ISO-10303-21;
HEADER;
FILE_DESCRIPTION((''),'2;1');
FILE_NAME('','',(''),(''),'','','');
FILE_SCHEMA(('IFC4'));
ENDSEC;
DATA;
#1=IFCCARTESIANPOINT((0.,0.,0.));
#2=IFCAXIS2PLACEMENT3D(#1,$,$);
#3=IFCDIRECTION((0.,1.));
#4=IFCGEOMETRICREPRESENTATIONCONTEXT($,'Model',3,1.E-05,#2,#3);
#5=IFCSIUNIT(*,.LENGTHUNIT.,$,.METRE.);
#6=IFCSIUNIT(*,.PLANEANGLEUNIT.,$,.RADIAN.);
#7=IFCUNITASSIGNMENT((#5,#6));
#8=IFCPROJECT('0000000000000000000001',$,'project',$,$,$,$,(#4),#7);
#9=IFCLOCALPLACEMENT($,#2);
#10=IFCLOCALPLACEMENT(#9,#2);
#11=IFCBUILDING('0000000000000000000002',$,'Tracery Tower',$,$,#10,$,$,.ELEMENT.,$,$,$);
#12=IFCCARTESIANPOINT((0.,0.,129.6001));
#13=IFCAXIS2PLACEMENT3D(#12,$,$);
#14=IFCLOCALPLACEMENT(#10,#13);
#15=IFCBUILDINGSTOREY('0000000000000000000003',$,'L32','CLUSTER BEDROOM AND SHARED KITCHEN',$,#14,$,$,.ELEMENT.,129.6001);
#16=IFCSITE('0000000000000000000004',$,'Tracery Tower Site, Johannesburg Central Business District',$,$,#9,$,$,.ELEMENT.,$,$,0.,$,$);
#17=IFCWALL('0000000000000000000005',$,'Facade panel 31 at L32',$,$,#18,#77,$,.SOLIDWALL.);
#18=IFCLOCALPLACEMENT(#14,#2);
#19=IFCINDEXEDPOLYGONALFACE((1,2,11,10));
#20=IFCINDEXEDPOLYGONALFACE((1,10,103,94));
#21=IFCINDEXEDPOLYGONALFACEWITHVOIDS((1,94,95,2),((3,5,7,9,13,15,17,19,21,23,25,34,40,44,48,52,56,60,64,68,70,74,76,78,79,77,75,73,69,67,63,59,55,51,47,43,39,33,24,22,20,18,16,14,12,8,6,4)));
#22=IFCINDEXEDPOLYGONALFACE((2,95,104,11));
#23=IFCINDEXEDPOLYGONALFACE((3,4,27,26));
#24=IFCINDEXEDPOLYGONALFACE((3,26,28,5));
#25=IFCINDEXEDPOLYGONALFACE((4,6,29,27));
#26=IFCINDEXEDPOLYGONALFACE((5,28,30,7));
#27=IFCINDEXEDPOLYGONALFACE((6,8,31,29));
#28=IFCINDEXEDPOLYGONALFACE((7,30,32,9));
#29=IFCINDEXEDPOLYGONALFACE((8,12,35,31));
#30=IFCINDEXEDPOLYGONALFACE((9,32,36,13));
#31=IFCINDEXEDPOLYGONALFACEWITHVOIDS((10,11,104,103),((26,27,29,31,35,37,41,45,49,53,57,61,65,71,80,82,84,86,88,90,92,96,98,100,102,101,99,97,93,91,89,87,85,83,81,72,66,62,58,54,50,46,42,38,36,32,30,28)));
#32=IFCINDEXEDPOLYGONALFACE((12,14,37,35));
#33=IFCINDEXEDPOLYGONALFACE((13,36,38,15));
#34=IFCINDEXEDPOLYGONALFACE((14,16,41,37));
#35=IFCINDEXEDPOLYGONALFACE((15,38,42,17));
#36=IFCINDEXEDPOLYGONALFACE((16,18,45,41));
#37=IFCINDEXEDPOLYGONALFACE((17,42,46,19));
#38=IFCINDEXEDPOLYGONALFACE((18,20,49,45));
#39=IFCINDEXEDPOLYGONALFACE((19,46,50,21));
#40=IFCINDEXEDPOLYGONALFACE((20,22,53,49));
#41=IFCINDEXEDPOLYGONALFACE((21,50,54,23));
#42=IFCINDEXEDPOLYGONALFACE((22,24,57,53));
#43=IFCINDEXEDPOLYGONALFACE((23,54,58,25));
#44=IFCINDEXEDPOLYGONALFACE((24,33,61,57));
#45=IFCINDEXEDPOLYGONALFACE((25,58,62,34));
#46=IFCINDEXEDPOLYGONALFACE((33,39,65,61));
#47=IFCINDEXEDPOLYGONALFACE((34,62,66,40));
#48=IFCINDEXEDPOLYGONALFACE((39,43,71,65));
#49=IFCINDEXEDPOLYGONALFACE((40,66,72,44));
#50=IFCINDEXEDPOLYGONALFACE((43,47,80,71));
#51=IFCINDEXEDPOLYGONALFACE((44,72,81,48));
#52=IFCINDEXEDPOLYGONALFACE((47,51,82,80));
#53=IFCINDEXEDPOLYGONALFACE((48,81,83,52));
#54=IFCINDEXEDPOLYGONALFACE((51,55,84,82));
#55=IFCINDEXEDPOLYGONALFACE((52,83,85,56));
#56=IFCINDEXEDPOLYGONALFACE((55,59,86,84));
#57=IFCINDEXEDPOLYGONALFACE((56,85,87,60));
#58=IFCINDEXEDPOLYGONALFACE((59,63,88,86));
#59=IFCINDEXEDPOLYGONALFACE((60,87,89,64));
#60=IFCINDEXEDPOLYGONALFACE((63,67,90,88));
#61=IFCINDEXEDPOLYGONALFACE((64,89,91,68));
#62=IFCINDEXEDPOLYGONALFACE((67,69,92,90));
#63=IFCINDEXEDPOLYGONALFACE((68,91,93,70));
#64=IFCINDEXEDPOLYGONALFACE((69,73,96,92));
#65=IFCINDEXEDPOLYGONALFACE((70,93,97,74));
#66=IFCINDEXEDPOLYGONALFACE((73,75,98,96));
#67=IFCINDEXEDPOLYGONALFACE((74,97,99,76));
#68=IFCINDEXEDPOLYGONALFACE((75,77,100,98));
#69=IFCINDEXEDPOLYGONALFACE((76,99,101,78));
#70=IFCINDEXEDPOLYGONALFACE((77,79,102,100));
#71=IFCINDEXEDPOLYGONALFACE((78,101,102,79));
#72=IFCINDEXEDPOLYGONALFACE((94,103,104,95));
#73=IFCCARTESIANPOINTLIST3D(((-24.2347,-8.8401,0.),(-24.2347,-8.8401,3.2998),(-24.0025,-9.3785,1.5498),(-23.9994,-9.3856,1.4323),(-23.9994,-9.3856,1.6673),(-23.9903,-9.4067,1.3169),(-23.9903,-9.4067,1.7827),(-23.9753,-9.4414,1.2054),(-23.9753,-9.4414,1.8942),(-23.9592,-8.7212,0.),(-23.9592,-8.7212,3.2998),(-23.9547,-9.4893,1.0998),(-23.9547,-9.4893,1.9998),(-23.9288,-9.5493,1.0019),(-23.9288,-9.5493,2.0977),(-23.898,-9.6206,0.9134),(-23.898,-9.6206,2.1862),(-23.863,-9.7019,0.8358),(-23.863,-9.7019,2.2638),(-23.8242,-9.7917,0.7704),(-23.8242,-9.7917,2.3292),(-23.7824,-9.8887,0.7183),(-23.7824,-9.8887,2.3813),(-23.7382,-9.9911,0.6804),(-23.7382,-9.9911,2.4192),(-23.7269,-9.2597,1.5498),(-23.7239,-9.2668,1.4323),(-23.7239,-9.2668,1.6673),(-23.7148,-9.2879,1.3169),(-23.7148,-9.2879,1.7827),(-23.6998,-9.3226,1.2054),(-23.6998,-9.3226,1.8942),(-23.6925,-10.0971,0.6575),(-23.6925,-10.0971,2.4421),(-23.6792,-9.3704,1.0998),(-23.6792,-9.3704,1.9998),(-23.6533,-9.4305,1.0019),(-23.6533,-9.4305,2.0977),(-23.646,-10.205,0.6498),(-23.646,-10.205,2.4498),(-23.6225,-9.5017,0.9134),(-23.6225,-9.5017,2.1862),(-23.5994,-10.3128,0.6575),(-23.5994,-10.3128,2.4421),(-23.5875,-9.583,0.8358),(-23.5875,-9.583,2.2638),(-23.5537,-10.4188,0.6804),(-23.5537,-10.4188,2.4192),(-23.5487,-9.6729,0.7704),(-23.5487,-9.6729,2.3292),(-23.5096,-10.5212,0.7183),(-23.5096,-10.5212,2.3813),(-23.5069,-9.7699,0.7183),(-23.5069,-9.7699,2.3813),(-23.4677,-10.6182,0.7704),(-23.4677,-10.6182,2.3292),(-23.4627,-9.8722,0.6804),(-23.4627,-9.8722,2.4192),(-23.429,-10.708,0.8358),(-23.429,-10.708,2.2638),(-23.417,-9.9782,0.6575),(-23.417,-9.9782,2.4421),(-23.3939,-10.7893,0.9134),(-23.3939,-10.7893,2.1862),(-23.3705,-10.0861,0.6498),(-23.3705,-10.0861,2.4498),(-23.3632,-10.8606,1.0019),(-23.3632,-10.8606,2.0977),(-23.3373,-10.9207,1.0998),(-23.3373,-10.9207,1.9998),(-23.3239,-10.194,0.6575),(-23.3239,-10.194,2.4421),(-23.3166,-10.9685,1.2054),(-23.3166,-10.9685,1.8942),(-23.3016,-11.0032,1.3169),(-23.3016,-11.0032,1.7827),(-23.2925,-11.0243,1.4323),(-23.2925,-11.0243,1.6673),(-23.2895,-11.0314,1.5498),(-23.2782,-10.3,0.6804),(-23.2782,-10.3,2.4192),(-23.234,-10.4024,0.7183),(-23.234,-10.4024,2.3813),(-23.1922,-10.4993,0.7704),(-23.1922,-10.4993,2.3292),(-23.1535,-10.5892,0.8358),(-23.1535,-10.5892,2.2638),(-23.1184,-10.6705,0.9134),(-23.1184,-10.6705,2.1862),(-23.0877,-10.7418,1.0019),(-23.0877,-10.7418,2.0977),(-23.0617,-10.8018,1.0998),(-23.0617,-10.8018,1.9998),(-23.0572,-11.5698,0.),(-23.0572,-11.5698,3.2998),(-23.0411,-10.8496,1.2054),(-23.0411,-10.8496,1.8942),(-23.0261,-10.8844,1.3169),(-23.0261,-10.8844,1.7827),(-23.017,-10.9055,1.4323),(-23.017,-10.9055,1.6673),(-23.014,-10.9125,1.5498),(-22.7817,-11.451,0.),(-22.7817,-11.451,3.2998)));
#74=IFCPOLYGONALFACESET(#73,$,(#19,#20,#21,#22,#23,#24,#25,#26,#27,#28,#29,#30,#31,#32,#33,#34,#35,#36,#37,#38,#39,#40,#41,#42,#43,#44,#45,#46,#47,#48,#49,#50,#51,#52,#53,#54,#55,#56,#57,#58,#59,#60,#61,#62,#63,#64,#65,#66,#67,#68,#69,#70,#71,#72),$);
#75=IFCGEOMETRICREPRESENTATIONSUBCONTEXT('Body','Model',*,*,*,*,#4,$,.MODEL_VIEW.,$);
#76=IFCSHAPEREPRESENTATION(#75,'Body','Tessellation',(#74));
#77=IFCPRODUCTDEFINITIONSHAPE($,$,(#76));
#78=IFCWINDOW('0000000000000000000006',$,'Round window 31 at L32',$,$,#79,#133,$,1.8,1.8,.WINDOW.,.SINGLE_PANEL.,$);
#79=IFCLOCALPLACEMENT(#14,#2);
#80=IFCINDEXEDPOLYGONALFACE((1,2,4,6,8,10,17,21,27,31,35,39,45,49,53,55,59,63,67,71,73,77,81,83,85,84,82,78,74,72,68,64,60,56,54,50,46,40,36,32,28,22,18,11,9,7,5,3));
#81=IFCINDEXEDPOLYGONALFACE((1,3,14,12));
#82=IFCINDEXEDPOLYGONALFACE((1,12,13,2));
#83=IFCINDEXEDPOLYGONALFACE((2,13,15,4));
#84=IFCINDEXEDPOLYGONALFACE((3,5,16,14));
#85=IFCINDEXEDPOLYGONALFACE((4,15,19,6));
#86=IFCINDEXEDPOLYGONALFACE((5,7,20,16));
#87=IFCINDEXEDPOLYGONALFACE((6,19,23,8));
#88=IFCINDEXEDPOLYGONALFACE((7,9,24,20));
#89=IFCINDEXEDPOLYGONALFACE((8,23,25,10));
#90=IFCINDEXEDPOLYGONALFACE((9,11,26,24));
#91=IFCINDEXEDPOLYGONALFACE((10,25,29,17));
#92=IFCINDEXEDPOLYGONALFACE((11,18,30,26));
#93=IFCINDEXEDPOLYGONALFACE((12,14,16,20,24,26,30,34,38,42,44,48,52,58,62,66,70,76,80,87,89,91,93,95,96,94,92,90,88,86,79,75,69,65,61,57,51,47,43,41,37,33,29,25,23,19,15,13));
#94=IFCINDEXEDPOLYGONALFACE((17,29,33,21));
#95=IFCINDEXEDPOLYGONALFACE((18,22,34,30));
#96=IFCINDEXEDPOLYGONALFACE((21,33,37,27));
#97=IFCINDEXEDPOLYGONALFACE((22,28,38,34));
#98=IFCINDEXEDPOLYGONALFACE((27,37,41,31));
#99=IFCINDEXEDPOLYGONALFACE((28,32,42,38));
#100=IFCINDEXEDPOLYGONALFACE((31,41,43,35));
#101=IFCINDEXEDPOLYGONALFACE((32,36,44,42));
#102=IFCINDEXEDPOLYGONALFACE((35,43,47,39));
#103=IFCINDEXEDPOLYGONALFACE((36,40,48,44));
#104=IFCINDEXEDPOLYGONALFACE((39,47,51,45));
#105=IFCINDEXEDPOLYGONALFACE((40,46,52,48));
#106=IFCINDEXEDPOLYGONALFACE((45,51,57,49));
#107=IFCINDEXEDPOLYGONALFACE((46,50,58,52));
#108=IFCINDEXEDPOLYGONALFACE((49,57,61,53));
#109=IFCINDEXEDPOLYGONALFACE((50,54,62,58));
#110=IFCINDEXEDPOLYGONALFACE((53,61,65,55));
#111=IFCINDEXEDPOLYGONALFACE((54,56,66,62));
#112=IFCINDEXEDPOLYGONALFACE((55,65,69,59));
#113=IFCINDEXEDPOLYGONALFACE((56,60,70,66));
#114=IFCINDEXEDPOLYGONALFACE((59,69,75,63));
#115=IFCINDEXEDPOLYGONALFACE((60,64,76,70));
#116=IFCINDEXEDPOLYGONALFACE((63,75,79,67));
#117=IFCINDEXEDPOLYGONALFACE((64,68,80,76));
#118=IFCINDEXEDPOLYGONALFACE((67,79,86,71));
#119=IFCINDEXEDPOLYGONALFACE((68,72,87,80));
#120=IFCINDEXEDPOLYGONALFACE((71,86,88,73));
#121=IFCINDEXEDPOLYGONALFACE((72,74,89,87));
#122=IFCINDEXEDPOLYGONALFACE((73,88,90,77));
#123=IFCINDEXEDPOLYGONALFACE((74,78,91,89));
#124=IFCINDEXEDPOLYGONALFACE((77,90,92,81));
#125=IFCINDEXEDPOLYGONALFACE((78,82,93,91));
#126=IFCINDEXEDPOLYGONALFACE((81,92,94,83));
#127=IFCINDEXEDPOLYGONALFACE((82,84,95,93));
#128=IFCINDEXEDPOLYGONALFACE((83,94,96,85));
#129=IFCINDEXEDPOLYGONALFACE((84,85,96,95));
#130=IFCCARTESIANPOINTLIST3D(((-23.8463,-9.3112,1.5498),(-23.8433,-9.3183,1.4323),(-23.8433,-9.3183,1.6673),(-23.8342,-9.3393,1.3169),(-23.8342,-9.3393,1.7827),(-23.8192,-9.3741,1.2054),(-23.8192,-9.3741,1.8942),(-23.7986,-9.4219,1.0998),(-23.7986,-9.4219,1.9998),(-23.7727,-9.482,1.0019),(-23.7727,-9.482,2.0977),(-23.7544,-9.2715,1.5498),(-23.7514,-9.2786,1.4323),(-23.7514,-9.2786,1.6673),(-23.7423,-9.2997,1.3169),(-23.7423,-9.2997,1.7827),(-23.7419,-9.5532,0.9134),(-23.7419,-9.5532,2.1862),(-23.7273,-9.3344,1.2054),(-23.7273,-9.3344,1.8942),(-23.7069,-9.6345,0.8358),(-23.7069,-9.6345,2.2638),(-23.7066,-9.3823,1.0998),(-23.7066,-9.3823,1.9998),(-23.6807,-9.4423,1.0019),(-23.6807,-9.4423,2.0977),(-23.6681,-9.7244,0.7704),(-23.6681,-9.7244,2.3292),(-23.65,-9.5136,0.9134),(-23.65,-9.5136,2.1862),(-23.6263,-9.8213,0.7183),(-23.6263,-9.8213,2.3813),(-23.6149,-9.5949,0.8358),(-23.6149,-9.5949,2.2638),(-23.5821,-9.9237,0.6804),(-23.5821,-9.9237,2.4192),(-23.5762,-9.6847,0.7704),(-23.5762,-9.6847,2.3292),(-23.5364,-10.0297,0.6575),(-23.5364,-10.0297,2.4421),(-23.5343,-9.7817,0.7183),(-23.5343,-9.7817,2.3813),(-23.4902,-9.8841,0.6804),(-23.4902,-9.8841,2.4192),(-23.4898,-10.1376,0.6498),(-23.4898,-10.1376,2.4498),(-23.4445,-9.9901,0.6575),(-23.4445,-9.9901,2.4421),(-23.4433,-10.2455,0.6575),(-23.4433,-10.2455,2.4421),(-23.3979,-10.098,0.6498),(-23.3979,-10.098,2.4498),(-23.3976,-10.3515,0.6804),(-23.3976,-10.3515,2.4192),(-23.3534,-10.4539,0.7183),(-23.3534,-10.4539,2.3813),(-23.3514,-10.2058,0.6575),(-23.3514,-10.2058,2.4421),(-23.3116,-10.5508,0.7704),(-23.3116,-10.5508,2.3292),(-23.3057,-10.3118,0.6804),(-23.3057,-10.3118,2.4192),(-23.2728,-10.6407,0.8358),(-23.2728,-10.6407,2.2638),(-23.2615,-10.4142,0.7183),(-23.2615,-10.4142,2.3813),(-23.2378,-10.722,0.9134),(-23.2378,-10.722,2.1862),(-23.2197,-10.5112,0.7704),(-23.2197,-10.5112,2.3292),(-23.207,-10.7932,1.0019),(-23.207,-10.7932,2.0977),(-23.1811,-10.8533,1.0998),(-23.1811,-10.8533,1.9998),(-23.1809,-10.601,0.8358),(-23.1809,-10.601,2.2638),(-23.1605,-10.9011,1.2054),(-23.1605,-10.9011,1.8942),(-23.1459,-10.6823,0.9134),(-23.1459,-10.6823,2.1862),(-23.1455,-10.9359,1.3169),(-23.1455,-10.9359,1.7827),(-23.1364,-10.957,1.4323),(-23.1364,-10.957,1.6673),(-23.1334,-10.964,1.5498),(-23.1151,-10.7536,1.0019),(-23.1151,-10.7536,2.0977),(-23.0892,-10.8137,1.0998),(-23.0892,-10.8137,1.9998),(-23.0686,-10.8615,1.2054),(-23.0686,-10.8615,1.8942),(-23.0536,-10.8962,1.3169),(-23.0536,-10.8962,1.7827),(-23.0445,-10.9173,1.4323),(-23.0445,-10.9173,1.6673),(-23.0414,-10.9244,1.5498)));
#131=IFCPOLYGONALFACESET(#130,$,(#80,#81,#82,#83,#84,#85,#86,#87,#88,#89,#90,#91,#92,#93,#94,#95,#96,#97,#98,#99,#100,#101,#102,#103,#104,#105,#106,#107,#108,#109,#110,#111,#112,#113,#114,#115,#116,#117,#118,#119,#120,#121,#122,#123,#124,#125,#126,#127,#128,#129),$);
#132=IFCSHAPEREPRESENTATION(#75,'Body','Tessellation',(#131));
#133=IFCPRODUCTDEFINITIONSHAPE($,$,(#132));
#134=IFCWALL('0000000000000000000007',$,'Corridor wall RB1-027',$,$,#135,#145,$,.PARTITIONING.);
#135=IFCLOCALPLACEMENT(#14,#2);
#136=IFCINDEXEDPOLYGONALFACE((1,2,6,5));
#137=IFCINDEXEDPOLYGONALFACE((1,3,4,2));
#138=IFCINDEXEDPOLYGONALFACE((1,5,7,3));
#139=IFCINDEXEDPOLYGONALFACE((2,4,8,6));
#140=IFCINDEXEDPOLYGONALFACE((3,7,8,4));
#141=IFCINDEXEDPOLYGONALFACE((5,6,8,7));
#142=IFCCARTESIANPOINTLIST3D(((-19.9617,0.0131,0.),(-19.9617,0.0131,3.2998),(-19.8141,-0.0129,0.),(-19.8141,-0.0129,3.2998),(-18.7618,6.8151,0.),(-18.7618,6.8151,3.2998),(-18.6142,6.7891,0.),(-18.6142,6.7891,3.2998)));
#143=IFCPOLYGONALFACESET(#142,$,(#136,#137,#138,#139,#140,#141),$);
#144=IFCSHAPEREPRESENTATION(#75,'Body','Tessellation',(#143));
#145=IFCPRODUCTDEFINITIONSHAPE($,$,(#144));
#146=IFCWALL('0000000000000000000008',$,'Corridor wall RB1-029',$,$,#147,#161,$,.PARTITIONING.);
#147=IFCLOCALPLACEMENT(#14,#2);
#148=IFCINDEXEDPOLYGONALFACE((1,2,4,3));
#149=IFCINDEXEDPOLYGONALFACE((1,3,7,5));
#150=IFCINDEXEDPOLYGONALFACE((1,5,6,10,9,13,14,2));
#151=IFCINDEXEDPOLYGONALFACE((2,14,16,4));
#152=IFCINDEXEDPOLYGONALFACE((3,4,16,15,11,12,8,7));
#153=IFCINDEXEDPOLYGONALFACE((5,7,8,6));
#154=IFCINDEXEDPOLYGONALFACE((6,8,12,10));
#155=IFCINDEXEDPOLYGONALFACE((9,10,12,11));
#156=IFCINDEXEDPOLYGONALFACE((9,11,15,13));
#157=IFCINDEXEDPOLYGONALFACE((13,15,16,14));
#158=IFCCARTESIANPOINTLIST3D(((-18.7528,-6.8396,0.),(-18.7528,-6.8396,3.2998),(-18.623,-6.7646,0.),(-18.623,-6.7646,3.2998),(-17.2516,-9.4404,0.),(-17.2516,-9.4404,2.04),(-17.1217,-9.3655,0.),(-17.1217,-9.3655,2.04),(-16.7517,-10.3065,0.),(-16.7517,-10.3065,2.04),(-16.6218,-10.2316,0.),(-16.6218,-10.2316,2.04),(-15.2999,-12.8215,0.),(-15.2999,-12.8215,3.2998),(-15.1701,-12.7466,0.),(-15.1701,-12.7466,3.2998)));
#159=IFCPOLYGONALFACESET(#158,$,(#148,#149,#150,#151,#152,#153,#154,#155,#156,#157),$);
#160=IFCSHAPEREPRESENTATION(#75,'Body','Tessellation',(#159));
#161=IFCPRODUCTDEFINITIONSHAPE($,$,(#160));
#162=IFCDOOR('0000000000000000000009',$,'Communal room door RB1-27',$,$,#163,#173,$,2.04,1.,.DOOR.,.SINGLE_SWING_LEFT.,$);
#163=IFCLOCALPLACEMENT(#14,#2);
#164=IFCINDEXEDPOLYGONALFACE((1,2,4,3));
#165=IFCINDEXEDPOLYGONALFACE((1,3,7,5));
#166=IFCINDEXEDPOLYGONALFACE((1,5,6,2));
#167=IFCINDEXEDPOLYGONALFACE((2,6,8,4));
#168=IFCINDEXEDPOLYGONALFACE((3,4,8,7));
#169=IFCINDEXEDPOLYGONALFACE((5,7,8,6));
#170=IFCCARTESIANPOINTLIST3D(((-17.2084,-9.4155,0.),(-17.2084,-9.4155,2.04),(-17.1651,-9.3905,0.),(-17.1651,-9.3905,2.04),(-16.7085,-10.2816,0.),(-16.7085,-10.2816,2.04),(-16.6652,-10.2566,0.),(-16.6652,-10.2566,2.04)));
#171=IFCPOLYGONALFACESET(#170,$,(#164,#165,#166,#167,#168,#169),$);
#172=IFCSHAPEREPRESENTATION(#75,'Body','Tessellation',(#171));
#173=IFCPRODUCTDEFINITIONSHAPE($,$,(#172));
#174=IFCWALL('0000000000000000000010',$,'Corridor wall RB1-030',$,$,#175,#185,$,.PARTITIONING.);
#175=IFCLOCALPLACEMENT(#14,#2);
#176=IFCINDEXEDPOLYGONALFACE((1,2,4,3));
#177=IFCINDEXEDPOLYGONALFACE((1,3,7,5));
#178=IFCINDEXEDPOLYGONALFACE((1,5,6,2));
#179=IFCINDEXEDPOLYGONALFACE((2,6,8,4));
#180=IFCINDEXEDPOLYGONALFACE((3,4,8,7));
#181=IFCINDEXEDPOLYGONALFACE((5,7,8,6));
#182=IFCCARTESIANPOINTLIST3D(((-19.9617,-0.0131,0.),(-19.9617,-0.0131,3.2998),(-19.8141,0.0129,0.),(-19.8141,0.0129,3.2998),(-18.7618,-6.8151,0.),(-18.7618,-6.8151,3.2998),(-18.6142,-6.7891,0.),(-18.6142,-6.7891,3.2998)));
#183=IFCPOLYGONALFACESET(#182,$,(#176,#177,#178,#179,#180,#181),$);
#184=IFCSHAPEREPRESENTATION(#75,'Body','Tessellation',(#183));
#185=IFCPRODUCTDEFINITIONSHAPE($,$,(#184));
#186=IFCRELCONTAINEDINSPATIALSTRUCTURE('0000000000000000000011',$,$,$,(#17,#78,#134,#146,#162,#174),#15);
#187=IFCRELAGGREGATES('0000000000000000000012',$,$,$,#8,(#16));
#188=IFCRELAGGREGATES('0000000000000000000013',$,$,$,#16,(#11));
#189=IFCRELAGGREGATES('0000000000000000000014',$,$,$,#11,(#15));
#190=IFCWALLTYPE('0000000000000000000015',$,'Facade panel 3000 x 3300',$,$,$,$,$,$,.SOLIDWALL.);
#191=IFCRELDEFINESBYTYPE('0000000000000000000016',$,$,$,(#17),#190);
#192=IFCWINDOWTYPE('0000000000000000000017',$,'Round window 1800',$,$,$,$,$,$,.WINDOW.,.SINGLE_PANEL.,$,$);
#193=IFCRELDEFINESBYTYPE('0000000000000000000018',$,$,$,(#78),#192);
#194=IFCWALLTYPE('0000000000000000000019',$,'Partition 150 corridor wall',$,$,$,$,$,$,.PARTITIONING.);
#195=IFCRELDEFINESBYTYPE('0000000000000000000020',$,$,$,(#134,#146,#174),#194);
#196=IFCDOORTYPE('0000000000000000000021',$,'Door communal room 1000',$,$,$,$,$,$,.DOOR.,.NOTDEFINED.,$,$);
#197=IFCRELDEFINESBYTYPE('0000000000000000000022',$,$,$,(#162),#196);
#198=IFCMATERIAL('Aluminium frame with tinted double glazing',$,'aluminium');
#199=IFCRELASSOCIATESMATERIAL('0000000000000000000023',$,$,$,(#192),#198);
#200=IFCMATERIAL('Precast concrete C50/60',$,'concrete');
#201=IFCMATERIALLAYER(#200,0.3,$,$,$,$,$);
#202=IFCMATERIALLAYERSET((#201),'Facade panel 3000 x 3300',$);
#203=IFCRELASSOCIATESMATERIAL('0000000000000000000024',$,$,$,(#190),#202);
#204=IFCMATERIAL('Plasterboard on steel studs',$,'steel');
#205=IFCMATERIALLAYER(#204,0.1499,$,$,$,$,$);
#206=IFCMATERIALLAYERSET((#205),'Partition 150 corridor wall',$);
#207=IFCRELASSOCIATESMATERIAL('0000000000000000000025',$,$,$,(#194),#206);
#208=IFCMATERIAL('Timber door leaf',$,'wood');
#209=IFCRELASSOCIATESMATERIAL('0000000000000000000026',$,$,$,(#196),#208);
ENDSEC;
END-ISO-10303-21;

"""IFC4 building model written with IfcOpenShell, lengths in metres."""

from ifc_helpers import new_model, si_unit, direction, frame, frame_2d, origin, origin_2d, place, context, subcontext, project, spatial, rectangle, circle, extrude, material, layer, layer_set, type_object, element, fill, save


model = new_model("IFC4")

# Units and contexts
model_context = context("Model", 3, precision=1e-05, world=origin(), true_north=direction((0.0, 1.0)))
body_context = subcontext(model_context, "Body", "Model", "MODEL_VIEW")
ifc_project = project(units=[si_unit("LENGTHUNIT", "METRE"), si_unit("PLANEANGLEUNIT", "RADIAN")], contexts=[model_context])

# Site, building, storey
site_placement = place(None, origin())
site = spatial("IfcSite", under=ifc_project, at=site_placement, Name="Tracery Tower Site, Johannesburg Central Business District", CompositionType="ELEMENT", RefElevation=0.0)
building_placement = place(site_placement, origin())
building = spatial("IfcBuilding", under=site, at=building_placement, Name="Tracery Tower", CompositionType="ELEMENT")
storey_placement = place(building_placement, frame((0.0, 0.0, 129.6001)))
storey = spatial("IfcBuildingStorey", under=building, at=storey_placement, Name="L32", Description="CLUSTER BEDROOM AND SHARED KITCHEN", CompositionType="ELEMENT", Elevation=129.6001)

# Wall, opening, window
ifc_material_1 = material(Name="Aluminium frame with tinted double glazing", Category="aluminium")
window_type = type_object("IfcWindowType", Name="Round window 1800", PartitioningType="SINGLE_PANEL", PredefinedType="WINDOW", material=ifc_material_1)
ifc_material_2 = material(Name="Precast concrete C50/60", Category="concrete")
ifc_layer_1 = layer(ifc_material_2, 0.3)
ifc_layer_set_1 = layer_set([ifc_layer_1], Name="Facade panel 3000 x 3300")
wall_type_1 = type_object("IfcWallType", Name="Facade panel 3000 x 3300", PredefinedType="SOLIDWALL", material=ifc_layer_set_1)
wall_1_placement = place(storey_placement, frame((-24.0969, -8.7808, 0.0), z_axis=(0.0, 0.0, 1.0), x_axis=(0.396079, -0.918216, 0.0)))
wall_1 = element("IfcWall", 1, at=wall_1_placement, inside=storey, type_object=wall_type_1, Name="Facade panel 31 at L32", PredefinedType="SOLIDWALL", context=body_context, shape_type="SweptSolid", body=[
    extrude(rectangle(XDim=2.9729, YDim=0.3, at=frame_2d((1.4863, 0.0))), origin(), (0.0, 0.0, 1.0), 3.2998),
])
opening_1_placement = place(wall_1_placement, frame((1.4863, 0.0, 1.5498)))
opening_1 = element("IfcOpeningElement", 2, at=opening_1_placement, cuts=wall_1, PredefinedType="OPENING", context=body_context, shape_type="SweptSolid", body=[
    extrude(circle(Radius=0.9, at=origin_2d()), frame((0.0, 0.1599, 0.0), z_axis=(0.0, -1.0, 0.0), x_axis=(1.0, 0.0, 0.0)), (0.0, 0.0, 1.0), 0.3201),
])
window_1_placement = place(opening_1_placement, origin())
window_1 = element("IfcWindow", 3, at=window_1_placement, inside=storey, type_object=window_type, Name="Round window 31 at L32", OverallHeight=1.8, OverallWidth=1.8, PartitioningType="SINGLE_PANEL", PredefinedType="WINDOW", context=body_context, shape_type="SweptSolid", body=[
    extrude(circle(Radius=0.9, at=origin_2d()), frame((0.0, 0.1201, 0.0), z_axis=(0.0, -1.0, 0.0), x_axis=(1.0, 0.0, 0.0)), (0.0, 0.0, 1.0), 0.1001),
])
fill(opening_1, window_1)

# Wall
ifc_material_3 = material(Name="Plasterboard on steel studs", Category="steel")
ifc_layer_2 = layer(ifc_material_3, 0.1499)
ifc_layer_set_2 = layer_set([ifc_layer_2], Name="Partition 150 corridor wall")
wall_type_2 = type_object("IfcWallType", Name="Partition 150 corridor wall", PredefinedType="PARTITIONING", material=ifc_layer_set_2)
wall_2_placement = place(storey_placement, frame((-19.8879, 0.0, 0.0), z_axis=(0.0, 0.0, 1.0), x_axis=(0.173729, 0.984794, 0.0)))
element("IfcWall", 4, at=wall_2_placement, inside=storey, type_object=wall_type_2, Name="Corridor wall RB1-027", PredefinedType="PARTITIONING", context=body_context, shape_type="SweptSolid", body=[
    extrude(rectangle(XDim=6.907, YDim=0.1499, at=frame_2d((3.4536, 0.0))), origin(), (0.0, 0.0, 1.0), 3.2998),
])

# Wall, opening, door
wall_3_placement = place(storey_placement, frame((-18.688, -6.802, 0.0), z_axis=(0.0, 0.0, 1.0), x_axis=(0.499914, -0.866075, 0.0)))
wall_3 = element("IfcWall", 5, at=wall_3_placement, inside=storey, type_object=wall_type_2, Name="Corridor wall RB1-029", PredefinedType="PARTITIONING", context=body_context, shape_type="SweptSolid", body=[
    extrude(rectangle(XDim=6.907, YDim=0.1499, at=frame_2d((3.4536, 0.0))), origin(), (0.0, 0.0, 1.0), 3.2998),
])
opening_2_placement = place(wall_3_placement, frame((3.0032, 0.0, 0.0)))
opening_2 = element("IfcOpeningElement", 6, at=opening_2_placement, cuts=wall_3, PredefinedType="OPENING", context=body_context, shape_type="SweptSolid", body=[
    extrude(rectangle(XDim=1.0, YDim=2.04, at=frame_2d((0.5, 1.02))), frame((0.0, 0.075, 0.0), z_axis=(0.0, -1.0, 0.0), x_axis=(1.0, 0.0, 0.0)), (0.0, 0.0, 1.0), 0.1499),
])
ifc_material_4 = material(Name="Timber door leaf", Category="wood")
door_type_1 = type_object("IfcDoorType", Name="Door communal room 1000", OperationType="NOTDEFINED", PredefinedType="DOOR", material=ifc_material_4)
door_1_placement = place(opening_2_placement, origin())
door_1 = element("IfcDoor", 7, at=door_1_placement, inside=storey, type_object=door_type_1, Name="Communal room door RB1-27", OperationType="SINGLE_SWING_LEFT", OverallHeight=2.04, OverallWidth=1.0, PredefinedType="DOOR", context=body_context, shape_type="SweptSolid", body=[
    extrude(rectangle(XDim=1.0, YDim=2.04, at=frame_2d((0.5, 1.02))), frame((0.0, 0.0249, 0.0), z_axis=(0.0, -1.0, 0.0), x_axis=(1.0, 0.0, 0.0)), (0.0, 0.0, 1.0), 0.05),
])
fill(opening_2, door_1)

# Wall
wall_4_placement = place(storey_placement, frame((-19.8879, 0.0, 0.0), z_axis=(0.0, 0.0, 1.0), x_axis=(0.173729, -0.984794, 0.0)))
element("IfcWall", 8, at=wall_4_placement, inside=storey, type_object=wall_type_2, Name="Corridor wall RB1-030", PredefinedType="PARTITIONING", context=body_context, shape_type="SweptSolid", body=[
    extrude(rectangle(XDim=6.907, YDim=0.1499, at=frame_2d((3.4536, 0.0))), origin(), (0.0, 0.0, 1.0), 3.2998),
])

save(model, "model.ifc")
